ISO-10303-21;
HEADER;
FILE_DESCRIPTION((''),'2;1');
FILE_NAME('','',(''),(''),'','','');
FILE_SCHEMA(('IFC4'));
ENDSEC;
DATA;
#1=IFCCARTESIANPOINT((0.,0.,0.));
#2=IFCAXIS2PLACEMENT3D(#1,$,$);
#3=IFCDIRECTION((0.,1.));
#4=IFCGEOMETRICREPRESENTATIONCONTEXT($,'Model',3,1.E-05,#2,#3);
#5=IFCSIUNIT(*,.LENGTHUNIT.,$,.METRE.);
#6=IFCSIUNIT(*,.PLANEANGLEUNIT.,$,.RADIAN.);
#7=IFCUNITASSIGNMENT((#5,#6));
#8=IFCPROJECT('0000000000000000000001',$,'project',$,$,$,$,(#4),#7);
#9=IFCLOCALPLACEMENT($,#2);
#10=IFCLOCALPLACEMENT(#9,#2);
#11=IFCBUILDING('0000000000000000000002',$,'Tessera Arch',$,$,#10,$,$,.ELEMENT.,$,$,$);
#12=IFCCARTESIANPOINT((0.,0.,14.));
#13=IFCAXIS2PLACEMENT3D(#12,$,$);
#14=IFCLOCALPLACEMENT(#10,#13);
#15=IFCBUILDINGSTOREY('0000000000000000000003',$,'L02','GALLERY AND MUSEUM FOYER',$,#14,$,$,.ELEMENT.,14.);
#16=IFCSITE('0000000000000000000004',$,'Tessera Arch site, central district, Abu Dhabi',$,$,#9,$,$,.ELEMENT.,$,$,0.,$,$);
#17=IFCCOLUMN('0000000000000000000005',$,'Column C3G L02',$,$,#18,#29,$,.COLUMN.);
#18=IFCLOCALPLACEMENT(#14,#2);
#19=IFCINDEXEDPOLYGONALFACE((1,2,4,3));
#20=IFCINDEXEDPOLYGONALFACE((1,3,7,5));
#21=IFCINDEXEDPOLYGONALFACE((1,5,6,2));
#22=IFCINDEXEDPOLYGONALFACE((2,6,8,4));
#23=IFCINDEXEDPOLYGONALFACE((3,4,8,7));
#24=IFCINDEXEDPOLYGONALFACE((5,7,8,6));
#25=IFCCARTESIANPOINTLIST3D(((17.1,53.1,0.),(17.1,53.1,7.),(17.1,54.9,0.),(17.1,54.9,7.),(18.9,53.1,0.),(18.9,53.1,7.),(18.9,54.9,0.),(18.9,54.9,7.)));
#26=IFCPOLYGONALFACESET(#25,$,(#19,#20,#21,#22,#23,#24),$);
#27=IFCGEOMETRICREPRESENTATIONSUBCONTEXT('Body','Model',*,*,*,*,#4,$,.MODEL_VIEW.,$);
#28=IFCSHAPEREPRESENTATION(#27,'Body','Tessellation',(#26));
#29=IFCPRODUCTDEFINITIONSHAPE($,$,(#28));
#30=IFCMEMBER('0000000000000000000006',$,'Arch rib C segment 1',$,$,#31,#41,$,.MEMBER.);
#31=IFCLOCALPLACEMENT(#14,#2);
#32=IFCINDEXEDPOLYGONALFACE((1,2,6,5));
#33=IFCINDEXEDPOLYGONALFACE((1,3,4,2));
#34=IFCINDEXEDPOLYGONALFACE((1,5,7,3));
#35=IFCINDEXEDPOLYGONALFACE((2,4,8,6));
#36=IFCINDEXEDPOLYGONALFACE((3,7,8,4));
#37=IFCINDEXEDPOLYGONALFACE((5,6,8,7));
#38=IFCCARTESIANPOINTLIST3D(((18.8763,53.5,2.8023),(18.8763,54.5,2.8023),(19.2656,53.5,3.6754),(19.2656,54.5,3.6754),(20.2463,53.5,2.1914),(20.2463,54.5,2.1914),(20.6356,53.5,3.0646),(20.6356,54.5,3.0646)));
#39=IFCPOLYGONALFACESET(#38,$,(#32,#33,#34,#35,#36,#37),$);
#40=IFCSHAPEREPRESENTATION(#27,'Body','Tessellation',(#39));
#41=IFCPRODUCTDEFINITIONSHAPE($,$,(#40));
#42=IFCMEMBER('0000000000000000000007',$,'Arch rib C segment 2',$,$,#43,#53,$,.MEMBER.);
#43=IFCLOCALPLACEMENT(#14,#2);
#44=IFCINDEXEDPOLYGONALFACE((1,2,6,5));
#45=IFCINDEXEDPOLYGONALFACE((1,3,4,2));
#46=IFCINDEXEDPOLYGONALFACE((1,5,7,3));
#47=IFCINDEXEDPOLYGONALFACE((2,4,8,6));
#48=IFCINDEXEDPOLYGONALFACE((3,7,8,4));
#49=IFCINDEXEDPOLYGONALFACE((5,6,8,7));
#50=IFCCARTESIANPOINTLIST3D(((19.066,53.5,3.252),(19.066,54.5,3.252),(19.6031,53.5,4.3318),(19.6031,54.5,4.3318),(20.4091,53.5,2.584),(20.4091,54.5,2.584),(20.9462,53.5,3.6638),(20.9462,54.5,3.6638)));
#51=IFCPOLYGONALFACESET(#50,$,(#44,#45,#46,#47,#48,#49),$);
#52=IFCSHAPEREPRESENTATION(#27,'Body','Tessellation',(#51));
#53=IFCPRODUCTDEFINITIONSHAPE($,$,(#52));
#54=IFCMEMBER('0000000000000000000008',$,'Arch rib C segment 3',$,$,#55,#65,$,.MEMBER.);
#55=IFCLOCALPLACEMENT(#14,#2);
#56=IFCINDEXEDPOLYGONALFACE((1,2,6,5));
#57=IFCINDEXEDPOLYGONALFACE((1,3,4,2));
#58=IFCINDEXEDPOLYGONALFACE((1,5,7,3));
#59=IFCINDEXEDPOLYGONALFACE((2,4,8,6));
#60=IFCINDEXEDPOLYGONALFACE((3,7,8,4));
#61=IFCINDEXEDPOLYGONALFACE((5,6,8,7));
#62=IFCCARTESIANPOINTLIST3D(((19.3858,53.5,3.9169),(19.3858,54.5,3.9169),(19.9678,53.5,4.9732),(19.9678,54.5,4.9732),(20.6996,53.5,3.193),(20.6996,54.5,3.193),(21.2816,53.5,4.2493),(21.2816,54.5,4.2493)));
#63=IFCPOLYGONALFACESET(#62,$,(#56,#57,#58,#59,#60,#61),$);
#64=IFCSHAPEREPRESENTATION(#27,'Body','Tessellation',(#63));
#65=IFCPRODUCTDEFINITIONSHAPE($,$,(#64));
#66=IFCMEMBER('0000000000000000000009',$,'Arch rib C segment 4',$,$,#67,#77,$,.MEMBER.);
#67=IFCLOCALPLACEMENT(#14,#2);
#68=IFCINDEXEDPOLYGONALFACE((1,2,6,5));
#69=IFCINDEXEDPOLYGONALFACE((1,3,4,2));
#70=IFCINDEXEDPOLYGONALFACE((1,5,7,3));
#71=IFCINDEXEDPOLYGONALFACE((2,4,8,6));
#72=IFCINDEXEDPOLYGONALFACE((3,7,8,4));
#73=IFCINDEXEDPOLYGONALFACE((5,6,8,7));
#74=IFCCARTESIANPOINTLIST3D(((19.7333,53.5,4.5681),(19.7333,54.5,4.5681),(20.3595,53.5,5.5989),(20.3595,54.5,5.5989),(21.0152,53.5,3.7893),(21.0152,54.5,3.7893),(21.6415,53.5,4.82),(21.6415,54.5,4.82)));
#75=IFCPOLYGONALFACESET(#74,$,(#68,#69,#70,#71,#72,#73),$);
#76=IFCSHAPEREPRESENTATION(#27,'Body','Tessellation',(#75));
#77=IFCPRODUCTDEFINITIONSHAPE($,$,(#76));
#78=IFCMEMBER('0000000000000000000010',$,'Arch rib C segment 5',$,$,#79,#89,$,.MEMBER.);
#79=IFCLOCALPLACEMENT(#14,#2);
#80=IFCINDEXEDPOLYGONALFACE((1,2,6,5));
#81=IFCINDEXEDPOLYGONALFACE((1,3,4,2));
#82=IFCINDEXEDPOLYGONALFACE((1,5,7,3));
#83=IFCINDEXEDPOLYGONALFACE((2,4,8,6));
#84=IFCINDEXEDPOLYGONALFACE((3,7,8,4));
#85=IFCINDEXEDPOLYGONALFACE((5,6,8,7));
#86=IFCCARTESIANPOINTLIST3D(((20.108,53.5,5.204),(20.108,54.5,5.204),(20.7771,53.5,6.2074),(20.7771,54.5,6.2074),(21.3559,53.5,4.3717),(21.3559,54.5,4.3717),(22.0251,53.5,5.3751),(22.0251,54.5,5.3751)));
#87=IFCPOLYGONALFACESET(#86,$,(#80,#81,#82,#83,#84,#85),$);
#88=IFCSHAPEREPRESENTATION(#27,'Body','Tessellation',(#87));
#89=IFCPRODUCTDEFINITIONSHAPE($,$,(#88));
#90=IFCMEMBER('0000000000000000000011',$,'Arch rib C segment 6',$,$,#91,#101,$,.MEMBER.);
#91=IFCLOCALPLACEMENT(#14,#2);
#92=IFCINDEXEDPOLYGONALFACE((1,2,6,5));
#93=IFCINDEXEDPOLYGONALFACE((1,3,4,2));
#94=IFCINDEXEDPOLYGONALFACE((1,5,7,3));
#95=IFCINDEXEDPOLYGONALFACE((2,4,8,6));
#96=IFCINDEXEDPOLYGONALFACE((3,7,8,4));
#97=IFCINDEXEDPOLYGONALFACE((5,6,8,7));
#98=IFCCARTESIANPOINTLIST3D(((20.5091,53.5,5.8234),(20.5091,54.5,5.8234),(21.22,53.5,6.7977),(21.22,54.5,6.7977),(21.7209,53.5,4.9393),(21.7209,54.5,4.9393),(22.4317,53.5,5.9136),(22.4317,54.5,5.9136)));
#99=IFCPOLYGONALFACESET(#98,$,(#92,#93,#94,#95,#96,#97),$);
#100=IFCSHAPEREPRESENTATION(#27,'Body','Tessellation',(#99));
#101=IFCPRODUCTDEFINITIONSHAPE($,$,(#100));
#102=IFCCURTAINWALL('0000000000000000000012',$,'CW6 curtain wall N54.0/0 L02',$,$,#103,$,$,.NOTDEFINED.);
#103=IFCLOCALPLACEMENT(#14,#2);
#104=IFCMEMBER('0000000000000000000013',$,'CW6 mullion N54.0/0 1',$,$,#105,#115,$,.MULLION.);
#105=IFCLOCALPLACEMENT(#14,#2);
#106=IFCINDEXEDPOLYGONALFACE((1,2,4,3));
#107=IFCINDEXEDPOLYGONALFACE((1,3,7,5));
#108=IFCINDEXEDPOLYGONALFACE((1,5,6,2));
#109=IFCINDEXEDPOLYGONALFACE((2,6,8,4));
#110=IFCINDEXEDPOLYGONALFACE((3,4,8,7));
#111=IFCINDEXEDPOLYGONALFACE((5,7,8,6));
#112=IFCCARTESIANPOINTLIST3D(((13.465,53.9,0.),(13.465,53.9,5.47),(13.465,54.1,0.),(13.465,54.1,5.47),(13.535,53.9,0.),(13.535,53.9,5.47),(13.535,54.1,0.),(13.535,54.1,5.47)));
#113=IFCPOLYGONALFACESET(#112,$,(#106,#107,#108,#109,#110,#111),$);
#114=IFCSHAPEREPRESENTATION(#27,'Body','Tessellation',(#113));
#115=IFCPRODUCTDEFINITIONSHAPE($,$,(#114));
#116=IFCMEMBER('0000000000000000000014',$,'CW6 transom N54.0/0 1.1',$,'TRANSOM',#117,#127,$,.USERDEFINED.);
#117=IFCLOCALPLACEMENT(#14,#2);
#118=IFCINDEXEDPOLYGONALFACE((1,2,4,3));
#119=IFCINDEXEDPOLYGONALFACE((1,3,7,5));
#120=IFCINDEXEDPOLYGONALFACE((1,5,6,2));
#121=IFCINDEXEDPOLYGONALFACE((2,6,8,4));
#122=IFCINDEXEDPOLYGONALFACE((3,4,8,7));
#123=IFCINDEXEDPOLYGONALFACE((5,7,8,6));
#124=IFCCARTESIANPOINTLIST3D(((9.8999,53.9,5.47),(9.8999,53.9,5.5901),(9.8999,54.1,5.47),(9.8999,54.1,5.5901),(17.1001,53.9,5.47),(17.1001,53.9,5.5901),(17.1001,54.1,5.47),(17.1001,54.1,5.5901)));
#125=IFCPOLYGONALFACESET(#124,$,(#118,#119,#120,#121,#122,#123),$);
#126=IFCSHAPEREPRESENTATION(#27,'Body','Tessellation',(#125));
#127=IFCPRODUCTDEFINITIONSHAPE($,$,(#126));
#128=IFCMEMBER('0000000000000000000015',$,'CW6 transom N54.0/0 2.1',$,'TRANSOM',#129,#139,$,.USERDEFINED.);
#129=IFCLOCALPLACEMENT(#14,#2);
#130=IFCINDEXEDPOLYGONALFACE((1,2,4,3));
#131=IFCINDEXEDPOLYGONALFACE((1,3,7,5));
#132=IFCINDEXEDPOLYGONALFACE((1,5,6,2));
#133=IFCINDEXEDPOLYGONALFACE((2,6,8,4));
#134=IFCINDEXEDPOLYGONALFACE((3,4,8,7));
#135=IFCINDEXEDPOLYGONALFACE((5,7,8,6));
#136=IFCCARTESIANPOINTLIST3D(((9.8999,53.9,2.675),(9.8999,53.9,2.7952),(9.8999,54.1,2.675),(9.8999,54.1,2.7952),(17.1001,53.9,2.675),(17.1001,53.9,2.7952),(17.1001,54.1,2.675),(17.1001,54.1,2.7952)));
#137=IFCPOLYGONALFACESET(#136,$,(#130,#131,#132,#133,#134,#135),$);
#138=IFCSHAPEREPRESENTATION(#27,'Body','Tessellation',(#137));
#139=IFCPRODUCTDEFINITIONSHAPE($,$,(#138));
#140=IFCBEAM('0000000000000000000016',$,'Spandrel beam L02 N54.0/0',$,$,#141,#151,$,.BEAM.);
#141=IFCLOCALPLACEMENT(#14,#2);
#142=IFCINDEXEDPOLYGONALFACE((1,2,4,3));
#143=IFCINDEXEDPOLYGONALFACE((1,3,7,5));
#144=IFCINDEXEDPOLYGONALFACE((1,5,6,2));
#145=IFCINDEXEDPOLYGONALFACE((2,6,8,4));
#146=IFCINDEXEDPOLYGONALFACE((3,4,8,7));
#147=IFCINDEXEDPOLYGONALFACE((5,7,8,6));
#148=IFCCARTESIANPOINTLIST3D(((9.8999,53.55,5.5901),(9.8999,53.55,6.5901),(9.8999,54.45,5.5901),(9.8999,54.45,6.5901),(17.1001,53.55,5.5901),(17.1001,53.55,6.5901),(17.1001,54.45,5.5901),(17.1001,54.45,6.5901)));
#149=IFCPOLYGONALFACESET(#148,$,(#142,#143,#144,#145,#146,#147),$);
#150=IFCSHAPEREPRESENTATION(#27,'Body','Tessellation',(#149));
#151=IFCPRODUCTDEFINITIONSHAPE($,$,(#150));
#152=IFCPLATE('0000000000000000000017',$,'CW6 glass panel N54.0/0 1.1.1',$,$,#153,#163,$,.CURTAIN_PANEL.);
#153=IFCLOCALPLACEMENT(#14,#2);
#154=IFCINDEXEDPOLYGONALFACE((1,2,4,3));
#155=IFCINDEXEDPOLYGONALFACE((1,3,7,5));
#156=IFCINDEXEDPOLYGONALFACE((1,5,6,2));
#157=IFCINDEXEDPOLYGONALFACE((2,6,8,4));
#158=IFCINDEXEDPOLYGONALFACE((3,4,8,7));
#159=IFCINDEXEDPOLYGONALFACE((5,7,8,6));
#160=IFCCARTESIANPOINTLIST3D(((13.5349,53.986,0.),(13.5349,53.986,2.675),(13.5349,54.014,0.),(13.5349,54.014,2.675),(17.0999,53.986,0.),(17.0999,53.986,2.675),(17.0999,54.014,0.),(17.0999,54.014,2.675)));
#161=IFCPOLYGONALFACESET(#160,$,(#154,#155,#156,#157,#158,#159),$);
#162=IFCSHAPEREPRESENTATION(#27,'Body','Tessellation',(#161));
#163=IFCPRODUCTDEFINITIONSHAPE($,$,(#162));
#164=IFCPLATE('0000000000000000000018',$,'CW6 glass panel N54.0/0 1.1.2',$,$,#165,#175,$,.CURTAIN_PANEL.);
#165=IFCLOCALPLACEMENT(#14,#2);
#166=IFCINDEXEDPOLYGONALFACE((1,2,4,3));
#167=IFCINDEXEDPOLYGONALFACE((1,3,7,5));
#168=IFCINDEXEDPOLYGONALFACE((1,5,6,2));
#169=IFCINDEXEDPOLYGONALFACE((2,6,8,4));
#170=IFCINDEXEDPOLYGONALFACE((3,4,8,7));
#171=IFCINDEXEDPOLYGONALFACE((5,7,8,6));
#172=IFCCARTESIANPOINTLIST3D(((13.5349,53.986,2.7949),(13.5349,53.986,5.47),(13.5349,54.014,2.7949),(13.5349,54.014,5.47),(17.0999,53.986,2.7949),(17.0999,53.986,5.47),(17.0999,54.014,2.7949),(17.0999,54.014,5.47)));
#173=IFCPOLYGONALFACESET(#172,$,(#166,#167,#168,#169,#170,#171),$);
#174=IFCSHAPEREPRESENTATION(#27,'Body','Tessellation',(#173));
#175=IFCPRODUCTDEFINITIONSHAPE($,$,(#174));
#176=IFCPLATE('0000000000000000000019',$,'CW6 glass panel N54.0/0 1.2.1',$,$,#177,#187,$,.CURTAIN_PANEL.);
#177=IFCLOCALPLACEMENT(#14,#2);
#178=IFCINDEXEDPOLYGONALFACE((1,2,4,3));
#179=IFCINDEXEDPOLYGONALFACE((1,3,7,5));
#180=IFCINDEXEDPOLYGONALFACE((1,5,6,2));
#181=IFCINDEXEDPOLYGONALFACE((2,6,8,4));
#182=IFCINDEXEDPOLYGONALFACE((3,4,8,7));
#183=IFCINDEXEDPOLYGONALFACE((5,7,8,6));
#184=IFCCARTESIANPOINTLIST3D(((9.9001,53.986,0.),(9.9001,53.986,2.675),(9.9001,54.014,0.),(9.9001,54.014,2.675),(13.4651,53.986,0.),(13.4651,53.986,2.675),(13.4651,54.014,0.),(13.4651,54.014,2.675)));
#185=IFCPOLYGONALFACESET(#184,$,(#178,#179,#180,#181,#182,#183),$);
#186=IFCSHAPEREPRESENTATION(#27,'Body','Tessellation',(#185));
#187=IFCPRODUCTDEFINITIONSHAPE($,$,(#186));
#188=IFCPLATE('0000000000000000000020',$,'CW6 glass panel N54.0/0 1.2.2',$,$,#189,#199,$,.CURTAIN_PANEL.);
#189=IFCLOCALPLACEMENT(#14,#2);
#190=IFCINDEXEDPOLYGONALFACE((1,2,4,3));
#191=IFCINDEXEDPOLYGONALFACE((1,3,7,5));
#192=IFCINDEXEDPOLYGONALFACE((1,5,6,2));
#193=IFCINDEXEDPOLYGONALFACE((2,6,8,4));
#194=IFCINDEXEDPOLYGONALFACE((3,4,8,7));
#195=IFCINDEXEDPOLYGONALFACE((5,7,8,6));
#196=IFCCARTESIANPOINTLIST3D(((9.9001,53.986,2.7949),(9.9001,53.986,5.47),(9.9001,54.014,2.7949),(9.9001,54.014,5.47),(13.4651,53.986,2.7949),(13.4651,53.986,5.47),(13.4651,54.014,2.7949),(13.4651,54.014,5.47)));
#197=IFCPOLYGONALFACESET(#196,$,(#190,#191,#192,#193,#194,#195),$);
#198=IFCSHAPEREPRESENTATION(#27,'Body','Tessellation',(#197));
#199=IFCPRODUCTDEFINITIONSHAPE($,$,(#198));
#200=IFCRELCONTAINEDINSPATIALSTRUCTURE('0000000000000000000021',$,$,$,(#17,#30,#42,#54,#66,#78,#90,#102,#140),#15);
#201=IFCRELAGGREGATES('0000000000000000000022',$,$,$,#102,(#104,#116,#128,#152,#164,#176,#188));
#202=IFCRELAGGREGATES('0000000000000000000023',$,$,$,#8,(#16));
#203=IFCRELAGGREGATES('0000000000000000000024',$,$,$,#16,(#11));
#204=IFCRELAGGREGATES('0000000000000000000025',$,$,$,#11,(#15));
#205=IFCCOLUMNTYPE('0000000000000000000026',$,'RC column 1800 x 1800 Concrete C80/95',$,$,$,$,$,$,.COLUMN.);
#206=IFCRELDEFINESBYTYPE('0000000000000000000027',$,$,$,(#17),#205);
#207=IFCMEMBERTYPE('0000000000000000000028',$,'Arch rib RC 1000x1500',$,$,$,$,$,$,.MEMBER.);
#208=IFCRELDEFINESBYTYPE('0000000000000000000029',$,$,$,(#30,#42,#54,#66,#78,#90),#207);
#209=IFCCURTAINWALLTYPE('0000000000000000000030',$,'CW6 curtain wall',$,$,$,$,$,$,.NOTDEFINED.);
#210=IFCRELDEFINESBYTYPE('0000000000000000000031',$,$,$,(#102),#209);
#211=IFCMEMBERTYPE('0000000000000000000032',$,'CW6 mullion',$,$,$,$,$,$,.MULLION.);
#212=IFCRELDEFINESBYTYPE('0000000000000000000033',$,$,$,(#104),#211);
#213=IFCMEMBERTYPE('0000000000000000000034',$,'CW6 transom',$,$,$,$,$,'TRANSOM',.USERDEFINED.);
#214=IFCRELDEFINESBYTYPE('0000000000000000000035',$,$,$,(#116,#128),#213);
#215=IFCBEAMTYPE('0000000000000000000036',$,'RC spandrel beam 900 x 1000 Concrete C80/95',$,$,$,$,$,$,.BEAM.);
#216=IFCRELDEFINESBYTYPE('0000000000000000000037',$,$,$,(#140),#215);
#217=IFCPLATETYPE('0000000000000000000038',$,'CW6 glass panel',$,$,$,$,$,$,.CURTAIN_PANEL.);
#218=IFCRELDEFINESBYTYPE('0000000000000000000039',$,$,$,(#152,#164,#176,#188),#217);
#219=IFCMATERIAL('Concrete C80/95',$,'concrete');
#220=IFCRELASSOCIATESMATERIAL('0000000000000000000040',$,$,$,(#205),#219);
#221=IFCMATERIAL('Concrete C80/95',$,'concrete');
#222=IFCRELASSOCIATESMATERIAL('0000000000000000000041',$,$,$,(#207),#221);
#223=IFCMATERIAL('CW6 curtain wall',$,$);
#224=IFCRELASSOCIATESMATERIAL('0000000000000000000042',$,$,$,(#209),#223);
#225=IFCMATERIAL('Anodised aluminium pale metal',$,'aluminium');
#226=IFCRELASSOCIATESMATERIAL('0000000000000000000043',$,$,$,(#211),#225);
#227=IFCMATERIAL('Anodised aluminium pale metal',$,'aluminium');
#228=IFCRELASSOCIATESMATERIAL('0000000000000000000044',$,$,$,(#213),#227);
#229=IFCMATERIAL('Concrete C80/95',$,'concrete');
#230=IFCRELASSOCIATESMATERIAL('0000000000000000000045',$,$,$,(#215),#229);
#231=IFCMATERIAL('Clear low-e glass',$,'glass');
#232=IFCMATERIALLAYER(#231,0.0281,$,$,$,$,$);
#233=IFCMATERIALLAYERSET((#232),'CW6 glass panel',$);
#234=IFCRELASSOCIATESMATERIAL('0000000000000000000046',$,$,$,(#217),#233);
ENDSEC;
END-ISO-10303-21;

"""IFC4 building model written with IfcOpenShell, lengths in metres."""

from ifc_helpers import new_model, si_unit, direction, frame, origin, origin_2d, place, context, subcontext, project, spatial, rectangle, extrude, material, layer, layer_set, material_profile, profile_set, type_object, element, aggregate, save


model = new_model("IFC4")

# Units and contexts
model_context = context("Model", 3, precision=1e-05, world=origin(), true_north=direction((0.0, 1.0)))
body_context = subcontext(model_context, "Body", "Model", "MODEL_VIEW")
ifc_project = project(units=[si_unit("LENGTHUNIT", "METRE"), si_unit("PLANEANGLEUNIT", "RADIAN")], contexts=[model_context])

# Site, building, storey
site_placement = place(None, origin())
site = spatial("IfcSite", under=ifc_project, at=site_placement, Name="Tessera Arch site, central district, Abu Dhabi", CompositionType="ELEMENT", RefElevation=0.0)
building_placement = place(site_placement, origin())
building = spatial("IfcBuilding", under=site, at=building_placement, Name="Tessera Arch", CompositionType="ELEMENT")
storey_placement = place(building_placement, frame((0.0, 0.0, 14.0)))
storey = spatial("IfcBuildingStorey", under=building, at=storey_placement, Name="L02", Description="GALLERY AND MUSEUM FOYER", CompositionType="ELEMENT", Elevation=14.0)

# Column
ifc_material_1 = material(Name="Concrete C80/95", Category="concrete")
ifc_material_profile_1 = material_profile(ifc_material_1, rectangle(XDim=1.8, YDim=1.8, at=origin_2d()), Name="RC column 1800 x 1800 Concrete C80/95")
ifc_profile_set_1 = profile_set([ifc_material_profile_1], Name="Concrete C80/95")
column_type = type_object("IfcColumnType", Name="RC column 1800 x 1800 Concrete C80/95", PredefinedType="COLUMN", material=ifc_profile_set_1)
column_placement = place(storey_placement, frame((18.0, 54.0, 0.0), z_axis=(0.0, 0.0, 1.0), x_axis=(1.0, 0.0, 0.0)))
element("IfcColumn", 1, at=column_placement, inside=storey, type_object=column_type, Name="Column C3G L02", PredefinedType="COLUMN", context=body_context, shape_type="SweptSolid", body=[
    extrude(rectangle(XDim=1.8, YDim=1.8, at=origin_2d()), origin(), (0.0, 0.0, 1.0), 7.0),
])

# Members
ifc_material_2 = material(Name="Concrete C80/95", Category="concrete")
ifc_material_profile_2 = material_profile(ifc_material_2, rectangle(XDim=1.0, YDim=1.5, at=origin_2d()), Name="RC 1000x1500")
ifc_profile_set_2 = profile_set([ifc_material_profile_2], Name="Concrete C80/95")
member_type_1 = type_object("IfcMemberType", Name="Arch rib RC 1000x1500", PredefinedType="MEMBER", material=ifc_profile_set_2)
member_1_placement = place(storey_placement, frame((19.5613, 54.0, 2.4968), z_axis=(0.407252, 0.0, 0.913316), x_axis=(0.0, 1.0, 0.0)))
element("IfcMember", 2, at=member_1_placement, inside=storey, type_object=member_type_1, Name="Arch rib C segment 1", PredefinedType="MEMBER", context=body_context, shape_type="SweptSolid", body=[
    extrude(rectangle(XDim=1.0, YDim=1.5, at=origin_2d()), origin(), (0.0, 0.0, 1.0), 0.9561),
])
for number, where, z_axis, x_axis, name in (
    (3, (19.7375, 54.0, 2.918), (0.44535, 0.0, 0.895356), (0.0, 1.0, 0.0), "Arch rib C segment 2"),
    (4, (20.0427, 54.0, 3.5549), (0.482564, 0.0, 0.875861), (0.0, 1.0, 0.0), "Arch rib C segment 3"),
    (5, (20.3743, 54.0, 4.1787), (0.519221, 0.0, 0.85464), (0.0, 1.0, 0.0), "Arch rib C segment 4"),
    (6, (20.7319, 54.0, 4.7878), (0.55484, 0.0, 0.831957), (0.0, 1.0, 0.0), "Arch rib C segment 5"),
    (7, (21.115, 54.0, 5.3813), (0.589423, 0.0, 0.807825), (0.0, 1.0, 0.0), "Arch rib C segment 6"),
):
    element("IfcMember", number, at=place(storey_placement, frame(where, z_axis=z_axis, x_axis=x_axis)), inside=storey, type_object=member_type_1, Name=name, PredefinedType="MEMBER", context=body_context, shape_type="SweptSolid", body=[
        extrude(rectangle(XDim=1.0, YDim=1.5, at=origin_2d()), origin(), (0.0, 0.0, 1.0), 1.2061),
    ])

# Curtain wall, members
ifc_material_3 = material(Name="CW6 curtain wall")
curtain_wall_type = type_object("IfcCurtainWallType", Name="CW6 curtain wall", PredefinedType="NOTDEFINED", material=ifc_material_3)
curtain_wall_placement = place(storey_placement, origin())
curtain_wall = element("IfcCurtainWall", 8, at=curtain_wall_placement, inside=storey, type_object=curtain_wall_type, Name="CW6 curtain wall N54.0/0 L02", PredefinedType="NOTDEFINED")
ifc_material_4 = material(Name="Anodised aluminium pale metal", Category="aluminium")
ifc_material_profile_3 = material_profile(ifc_material_4, rectangle(XDim=0.2, YDim=0.0701, at=origin_2d()), Name="AL 70x200")
ifc_profile_set_3 = profile_set([ifc_material_profile_3], Name="Anodised aluminium pale metal")
member_type_2 = type_object("IfcMemberType", Name="CW6 mullion", PredefinedType="MULLION", material=ifc_profile_set_3)
member_2_placement = place(storey_placement, frame((13.5, 54.0, 0.0), z_axis=(0.0, 0.0, 1.0), x_axis=(0.0, -1.0, 0.0)))
member_2 = element("IfcMember", 9, at=member_2_placement, type_object=member_type_2, Name="CW6 mullion N54.0/0 1", PredefinedType="MULLION", context=body_context, shape_type="SweptSolid", body=[
    extrude(rectangle(XDim=0.2, YDim=0.0701, at=origin_2d()), origin(), (0.0, 0.0, 1.0), 5.47),
])
ifc_material_5 = material(Name="Anodised aluminium pale metal", Category="aluminium")
ifc_material_profile_4 = material_profile(ifc_material_5, rectangle(XDim=0.2, YDim=0.1201, at=origin_2d()), Name="AL 200x120")
ifc_profile_set_4 = profile_set([ifc_material_profile_4], Name="Anodised aluminium pale metal")
member_type_3 = type_object("IfcMemberType", Name="CW6 transom", ElementType="TRANSOM", PredefinedType="USERDEFINED", material=ifc_profile_set_4)
member_3_placement = place(storey_placement, frame((17.1001, 54.0, 5.53), z_axis=(-1.0, 0.0, 0.0), x_axis=(0.0, -1.0, 0.0)))
member_3 = element("IfcMember", 10, at=member_3_placement, type_object=member_type_3, Name="CW6 transom N54.0/0 1.1", ObjectType="TRANSOM", PredefinedType="USERDEFINED", context=body_context, shape_type="SweptSolid", body=[
    extrude(rectangle(XDim=0.2, YDim=0.1201, at=origin_2d()), origin(), (0.0, 0.0, 1.0), 7.2002),
])
member_4_placement = place(storey_placement, frame((17.1001, 54.0, 2.7351), z_axis=(-1.0, 0.0, 0.0), x_axis=(0.0, -1.0, 0.0)))
member_4 = element("IfcMember", 11, at=member_4_placement, type_object=member_type_3, Name="CW6 transom N54.0/0 2.1", ObjectType="TRANSOM", PredefinedType="USERDEFINED", context=body_context, shape_type="SweptSolid", body=[
    extrude(rectangle(XDim=0.2, YDim=0.1201, at=origin_2d()), origin(), (0.0, 0.0, 1.0), 7.2002),
])

# Beam
ifc_material_6 = material(Name="Concrete C80/95", Category="concrete")
ifc_material_profile_5 = material_profile(ifc_material_6, rectangle(XDim=0.8999, YDim=1.0, at=origin_2d()), Name="RC spandrel beam 900 x 1000 Concrete C80/95")
ifc_profile_set_5 = profile_set([ifc_material_profile_5], Name="Concrete C80/95")
beam_type = type_object("IfcBeamType", Name="RC spandrel beam 900 x 1000 Concrete C80/95", PredefinedType="BEAM", material=ifc_profile_set_5)
beam_placement = place(storey_placement, frame((17.1001, 54.0, 6.0901), z_axis=(-1.0, 0.0, 0.0), x_axis=(0.0, -1.0, 0.0)))
element("IfcBeam", 12, at=beam_placement, inside=storey, type_object=beam_type, Name="Spandrel beam L02 N54.0/0", PredefinedType="BEAM", context=body_context, shape_type="SweptSolid", body=[
    extrude(rectangle(XDim=0.8999, YDim=1.0, at=origin_2d()), origin(), (0.0, 0.0, 1.0), 7.2002),
])

# Plates
ifc_material_7 = material(Name="Clear low-e glass", Category="glass")
ifc_layer_1 = layer(ifc_material_7, 0.0281)
ifc_layer_set_1 = layer_set([ifc_layer_1], Name="CW6 glass panel")
plate_type_1 = type_object("IfcPlateType", Name="CW6 glass panel", PredefinedType="CURTAIN_PANEL", material=ifc_layer_set_1)
plate_1_placement = place(storey_placement, frame((15.3174, 54.0, 0.0), z_axis=(0.0, 0.0, 1.0), x_axis=(-1.0, 0.0, 0.0)))
plate_1 = element("IfcPlate", 13, at=plate_1_placement, type_object=plate_type_1, Name="CW6 glass panel N54.0/0 1.1.1", PredefinedType="CURTAIN_PANEL", context=body_context, shape_type="SweptSolid", body=[
    extrude(rectangle(XDim=3.5649, YDim=0.0281, at=origin_2d()), origin(), (0.0, 0.0, 1.0), 2.675),
])
plate_2_placement = place(storey_placement, frame((15.3174, 54.0, 2.7949), z_axis=(0.0, 0.0, 1.0), x_axis=(-1.0, 0.0, 0.0)))
plate_2 = element("IfcPlate", 14, at=plate_2_placement, type_object=plate_type_1, Name="CW6 glass panel N54.0/0 1.1.2", PredefinedType="CURTAIN_PANEL", context=body_context, shape_type="SweptSolid", body=[
    extrude(rectangle(XDim=3.5649, YDim=0.0281, at=origin_2d()), origin(), (0.0, 0.0, 1.0), 2.675),
])
plate_3_placement = place(storey_placement, frame((11.6826, 54.0, 0.0), z_axis=(0.0, 0.0, 1.0), x_axis=(-1.0, 0.0, 0.0)))
plate_3 = element("IfcPlate", 15, at=plate_3_placement, type_object=plate_type_1, Name="CW6 glass panel N54.0/0 1.2.1", PredefinedType="CURTAIN_PANEL", context=body_context, shape_type="SweptSolid", body=[
    extrude(rectangle(XDim=3.5649, YDim=0.0281, at=origin_2d()), origin(), (0.0, 0.0, 1.0), 2.675),
])
plate_4_placement = place(storey_placement, frame((11.6826, 54.0, 2.7949), z_axis=(0.0, 0.0, 1.0), x_axis=(-1.0, 0.0, 0.0)))
plate_4 = element("IfcPlate", 16, at=plate_4_placement, type_object=plate_type_1, Name="CW6 glass panel N54.0/0 1.2.2", PredefinedType="CURTAIN_PANEL", context=body_context, shape_type="SweptSolid", body=[
    extrude(rectangle(XDim=3.5649, YDim=0.0281, at=origin_2d()), origin(), (0.0, 0.0, 1.0), 2.675),
])
aggregate(curtain_wall, [member_2, member_3, member_4, plate_1, plate_2, plate_3, plate_4])

save(model, "model.ifc")
